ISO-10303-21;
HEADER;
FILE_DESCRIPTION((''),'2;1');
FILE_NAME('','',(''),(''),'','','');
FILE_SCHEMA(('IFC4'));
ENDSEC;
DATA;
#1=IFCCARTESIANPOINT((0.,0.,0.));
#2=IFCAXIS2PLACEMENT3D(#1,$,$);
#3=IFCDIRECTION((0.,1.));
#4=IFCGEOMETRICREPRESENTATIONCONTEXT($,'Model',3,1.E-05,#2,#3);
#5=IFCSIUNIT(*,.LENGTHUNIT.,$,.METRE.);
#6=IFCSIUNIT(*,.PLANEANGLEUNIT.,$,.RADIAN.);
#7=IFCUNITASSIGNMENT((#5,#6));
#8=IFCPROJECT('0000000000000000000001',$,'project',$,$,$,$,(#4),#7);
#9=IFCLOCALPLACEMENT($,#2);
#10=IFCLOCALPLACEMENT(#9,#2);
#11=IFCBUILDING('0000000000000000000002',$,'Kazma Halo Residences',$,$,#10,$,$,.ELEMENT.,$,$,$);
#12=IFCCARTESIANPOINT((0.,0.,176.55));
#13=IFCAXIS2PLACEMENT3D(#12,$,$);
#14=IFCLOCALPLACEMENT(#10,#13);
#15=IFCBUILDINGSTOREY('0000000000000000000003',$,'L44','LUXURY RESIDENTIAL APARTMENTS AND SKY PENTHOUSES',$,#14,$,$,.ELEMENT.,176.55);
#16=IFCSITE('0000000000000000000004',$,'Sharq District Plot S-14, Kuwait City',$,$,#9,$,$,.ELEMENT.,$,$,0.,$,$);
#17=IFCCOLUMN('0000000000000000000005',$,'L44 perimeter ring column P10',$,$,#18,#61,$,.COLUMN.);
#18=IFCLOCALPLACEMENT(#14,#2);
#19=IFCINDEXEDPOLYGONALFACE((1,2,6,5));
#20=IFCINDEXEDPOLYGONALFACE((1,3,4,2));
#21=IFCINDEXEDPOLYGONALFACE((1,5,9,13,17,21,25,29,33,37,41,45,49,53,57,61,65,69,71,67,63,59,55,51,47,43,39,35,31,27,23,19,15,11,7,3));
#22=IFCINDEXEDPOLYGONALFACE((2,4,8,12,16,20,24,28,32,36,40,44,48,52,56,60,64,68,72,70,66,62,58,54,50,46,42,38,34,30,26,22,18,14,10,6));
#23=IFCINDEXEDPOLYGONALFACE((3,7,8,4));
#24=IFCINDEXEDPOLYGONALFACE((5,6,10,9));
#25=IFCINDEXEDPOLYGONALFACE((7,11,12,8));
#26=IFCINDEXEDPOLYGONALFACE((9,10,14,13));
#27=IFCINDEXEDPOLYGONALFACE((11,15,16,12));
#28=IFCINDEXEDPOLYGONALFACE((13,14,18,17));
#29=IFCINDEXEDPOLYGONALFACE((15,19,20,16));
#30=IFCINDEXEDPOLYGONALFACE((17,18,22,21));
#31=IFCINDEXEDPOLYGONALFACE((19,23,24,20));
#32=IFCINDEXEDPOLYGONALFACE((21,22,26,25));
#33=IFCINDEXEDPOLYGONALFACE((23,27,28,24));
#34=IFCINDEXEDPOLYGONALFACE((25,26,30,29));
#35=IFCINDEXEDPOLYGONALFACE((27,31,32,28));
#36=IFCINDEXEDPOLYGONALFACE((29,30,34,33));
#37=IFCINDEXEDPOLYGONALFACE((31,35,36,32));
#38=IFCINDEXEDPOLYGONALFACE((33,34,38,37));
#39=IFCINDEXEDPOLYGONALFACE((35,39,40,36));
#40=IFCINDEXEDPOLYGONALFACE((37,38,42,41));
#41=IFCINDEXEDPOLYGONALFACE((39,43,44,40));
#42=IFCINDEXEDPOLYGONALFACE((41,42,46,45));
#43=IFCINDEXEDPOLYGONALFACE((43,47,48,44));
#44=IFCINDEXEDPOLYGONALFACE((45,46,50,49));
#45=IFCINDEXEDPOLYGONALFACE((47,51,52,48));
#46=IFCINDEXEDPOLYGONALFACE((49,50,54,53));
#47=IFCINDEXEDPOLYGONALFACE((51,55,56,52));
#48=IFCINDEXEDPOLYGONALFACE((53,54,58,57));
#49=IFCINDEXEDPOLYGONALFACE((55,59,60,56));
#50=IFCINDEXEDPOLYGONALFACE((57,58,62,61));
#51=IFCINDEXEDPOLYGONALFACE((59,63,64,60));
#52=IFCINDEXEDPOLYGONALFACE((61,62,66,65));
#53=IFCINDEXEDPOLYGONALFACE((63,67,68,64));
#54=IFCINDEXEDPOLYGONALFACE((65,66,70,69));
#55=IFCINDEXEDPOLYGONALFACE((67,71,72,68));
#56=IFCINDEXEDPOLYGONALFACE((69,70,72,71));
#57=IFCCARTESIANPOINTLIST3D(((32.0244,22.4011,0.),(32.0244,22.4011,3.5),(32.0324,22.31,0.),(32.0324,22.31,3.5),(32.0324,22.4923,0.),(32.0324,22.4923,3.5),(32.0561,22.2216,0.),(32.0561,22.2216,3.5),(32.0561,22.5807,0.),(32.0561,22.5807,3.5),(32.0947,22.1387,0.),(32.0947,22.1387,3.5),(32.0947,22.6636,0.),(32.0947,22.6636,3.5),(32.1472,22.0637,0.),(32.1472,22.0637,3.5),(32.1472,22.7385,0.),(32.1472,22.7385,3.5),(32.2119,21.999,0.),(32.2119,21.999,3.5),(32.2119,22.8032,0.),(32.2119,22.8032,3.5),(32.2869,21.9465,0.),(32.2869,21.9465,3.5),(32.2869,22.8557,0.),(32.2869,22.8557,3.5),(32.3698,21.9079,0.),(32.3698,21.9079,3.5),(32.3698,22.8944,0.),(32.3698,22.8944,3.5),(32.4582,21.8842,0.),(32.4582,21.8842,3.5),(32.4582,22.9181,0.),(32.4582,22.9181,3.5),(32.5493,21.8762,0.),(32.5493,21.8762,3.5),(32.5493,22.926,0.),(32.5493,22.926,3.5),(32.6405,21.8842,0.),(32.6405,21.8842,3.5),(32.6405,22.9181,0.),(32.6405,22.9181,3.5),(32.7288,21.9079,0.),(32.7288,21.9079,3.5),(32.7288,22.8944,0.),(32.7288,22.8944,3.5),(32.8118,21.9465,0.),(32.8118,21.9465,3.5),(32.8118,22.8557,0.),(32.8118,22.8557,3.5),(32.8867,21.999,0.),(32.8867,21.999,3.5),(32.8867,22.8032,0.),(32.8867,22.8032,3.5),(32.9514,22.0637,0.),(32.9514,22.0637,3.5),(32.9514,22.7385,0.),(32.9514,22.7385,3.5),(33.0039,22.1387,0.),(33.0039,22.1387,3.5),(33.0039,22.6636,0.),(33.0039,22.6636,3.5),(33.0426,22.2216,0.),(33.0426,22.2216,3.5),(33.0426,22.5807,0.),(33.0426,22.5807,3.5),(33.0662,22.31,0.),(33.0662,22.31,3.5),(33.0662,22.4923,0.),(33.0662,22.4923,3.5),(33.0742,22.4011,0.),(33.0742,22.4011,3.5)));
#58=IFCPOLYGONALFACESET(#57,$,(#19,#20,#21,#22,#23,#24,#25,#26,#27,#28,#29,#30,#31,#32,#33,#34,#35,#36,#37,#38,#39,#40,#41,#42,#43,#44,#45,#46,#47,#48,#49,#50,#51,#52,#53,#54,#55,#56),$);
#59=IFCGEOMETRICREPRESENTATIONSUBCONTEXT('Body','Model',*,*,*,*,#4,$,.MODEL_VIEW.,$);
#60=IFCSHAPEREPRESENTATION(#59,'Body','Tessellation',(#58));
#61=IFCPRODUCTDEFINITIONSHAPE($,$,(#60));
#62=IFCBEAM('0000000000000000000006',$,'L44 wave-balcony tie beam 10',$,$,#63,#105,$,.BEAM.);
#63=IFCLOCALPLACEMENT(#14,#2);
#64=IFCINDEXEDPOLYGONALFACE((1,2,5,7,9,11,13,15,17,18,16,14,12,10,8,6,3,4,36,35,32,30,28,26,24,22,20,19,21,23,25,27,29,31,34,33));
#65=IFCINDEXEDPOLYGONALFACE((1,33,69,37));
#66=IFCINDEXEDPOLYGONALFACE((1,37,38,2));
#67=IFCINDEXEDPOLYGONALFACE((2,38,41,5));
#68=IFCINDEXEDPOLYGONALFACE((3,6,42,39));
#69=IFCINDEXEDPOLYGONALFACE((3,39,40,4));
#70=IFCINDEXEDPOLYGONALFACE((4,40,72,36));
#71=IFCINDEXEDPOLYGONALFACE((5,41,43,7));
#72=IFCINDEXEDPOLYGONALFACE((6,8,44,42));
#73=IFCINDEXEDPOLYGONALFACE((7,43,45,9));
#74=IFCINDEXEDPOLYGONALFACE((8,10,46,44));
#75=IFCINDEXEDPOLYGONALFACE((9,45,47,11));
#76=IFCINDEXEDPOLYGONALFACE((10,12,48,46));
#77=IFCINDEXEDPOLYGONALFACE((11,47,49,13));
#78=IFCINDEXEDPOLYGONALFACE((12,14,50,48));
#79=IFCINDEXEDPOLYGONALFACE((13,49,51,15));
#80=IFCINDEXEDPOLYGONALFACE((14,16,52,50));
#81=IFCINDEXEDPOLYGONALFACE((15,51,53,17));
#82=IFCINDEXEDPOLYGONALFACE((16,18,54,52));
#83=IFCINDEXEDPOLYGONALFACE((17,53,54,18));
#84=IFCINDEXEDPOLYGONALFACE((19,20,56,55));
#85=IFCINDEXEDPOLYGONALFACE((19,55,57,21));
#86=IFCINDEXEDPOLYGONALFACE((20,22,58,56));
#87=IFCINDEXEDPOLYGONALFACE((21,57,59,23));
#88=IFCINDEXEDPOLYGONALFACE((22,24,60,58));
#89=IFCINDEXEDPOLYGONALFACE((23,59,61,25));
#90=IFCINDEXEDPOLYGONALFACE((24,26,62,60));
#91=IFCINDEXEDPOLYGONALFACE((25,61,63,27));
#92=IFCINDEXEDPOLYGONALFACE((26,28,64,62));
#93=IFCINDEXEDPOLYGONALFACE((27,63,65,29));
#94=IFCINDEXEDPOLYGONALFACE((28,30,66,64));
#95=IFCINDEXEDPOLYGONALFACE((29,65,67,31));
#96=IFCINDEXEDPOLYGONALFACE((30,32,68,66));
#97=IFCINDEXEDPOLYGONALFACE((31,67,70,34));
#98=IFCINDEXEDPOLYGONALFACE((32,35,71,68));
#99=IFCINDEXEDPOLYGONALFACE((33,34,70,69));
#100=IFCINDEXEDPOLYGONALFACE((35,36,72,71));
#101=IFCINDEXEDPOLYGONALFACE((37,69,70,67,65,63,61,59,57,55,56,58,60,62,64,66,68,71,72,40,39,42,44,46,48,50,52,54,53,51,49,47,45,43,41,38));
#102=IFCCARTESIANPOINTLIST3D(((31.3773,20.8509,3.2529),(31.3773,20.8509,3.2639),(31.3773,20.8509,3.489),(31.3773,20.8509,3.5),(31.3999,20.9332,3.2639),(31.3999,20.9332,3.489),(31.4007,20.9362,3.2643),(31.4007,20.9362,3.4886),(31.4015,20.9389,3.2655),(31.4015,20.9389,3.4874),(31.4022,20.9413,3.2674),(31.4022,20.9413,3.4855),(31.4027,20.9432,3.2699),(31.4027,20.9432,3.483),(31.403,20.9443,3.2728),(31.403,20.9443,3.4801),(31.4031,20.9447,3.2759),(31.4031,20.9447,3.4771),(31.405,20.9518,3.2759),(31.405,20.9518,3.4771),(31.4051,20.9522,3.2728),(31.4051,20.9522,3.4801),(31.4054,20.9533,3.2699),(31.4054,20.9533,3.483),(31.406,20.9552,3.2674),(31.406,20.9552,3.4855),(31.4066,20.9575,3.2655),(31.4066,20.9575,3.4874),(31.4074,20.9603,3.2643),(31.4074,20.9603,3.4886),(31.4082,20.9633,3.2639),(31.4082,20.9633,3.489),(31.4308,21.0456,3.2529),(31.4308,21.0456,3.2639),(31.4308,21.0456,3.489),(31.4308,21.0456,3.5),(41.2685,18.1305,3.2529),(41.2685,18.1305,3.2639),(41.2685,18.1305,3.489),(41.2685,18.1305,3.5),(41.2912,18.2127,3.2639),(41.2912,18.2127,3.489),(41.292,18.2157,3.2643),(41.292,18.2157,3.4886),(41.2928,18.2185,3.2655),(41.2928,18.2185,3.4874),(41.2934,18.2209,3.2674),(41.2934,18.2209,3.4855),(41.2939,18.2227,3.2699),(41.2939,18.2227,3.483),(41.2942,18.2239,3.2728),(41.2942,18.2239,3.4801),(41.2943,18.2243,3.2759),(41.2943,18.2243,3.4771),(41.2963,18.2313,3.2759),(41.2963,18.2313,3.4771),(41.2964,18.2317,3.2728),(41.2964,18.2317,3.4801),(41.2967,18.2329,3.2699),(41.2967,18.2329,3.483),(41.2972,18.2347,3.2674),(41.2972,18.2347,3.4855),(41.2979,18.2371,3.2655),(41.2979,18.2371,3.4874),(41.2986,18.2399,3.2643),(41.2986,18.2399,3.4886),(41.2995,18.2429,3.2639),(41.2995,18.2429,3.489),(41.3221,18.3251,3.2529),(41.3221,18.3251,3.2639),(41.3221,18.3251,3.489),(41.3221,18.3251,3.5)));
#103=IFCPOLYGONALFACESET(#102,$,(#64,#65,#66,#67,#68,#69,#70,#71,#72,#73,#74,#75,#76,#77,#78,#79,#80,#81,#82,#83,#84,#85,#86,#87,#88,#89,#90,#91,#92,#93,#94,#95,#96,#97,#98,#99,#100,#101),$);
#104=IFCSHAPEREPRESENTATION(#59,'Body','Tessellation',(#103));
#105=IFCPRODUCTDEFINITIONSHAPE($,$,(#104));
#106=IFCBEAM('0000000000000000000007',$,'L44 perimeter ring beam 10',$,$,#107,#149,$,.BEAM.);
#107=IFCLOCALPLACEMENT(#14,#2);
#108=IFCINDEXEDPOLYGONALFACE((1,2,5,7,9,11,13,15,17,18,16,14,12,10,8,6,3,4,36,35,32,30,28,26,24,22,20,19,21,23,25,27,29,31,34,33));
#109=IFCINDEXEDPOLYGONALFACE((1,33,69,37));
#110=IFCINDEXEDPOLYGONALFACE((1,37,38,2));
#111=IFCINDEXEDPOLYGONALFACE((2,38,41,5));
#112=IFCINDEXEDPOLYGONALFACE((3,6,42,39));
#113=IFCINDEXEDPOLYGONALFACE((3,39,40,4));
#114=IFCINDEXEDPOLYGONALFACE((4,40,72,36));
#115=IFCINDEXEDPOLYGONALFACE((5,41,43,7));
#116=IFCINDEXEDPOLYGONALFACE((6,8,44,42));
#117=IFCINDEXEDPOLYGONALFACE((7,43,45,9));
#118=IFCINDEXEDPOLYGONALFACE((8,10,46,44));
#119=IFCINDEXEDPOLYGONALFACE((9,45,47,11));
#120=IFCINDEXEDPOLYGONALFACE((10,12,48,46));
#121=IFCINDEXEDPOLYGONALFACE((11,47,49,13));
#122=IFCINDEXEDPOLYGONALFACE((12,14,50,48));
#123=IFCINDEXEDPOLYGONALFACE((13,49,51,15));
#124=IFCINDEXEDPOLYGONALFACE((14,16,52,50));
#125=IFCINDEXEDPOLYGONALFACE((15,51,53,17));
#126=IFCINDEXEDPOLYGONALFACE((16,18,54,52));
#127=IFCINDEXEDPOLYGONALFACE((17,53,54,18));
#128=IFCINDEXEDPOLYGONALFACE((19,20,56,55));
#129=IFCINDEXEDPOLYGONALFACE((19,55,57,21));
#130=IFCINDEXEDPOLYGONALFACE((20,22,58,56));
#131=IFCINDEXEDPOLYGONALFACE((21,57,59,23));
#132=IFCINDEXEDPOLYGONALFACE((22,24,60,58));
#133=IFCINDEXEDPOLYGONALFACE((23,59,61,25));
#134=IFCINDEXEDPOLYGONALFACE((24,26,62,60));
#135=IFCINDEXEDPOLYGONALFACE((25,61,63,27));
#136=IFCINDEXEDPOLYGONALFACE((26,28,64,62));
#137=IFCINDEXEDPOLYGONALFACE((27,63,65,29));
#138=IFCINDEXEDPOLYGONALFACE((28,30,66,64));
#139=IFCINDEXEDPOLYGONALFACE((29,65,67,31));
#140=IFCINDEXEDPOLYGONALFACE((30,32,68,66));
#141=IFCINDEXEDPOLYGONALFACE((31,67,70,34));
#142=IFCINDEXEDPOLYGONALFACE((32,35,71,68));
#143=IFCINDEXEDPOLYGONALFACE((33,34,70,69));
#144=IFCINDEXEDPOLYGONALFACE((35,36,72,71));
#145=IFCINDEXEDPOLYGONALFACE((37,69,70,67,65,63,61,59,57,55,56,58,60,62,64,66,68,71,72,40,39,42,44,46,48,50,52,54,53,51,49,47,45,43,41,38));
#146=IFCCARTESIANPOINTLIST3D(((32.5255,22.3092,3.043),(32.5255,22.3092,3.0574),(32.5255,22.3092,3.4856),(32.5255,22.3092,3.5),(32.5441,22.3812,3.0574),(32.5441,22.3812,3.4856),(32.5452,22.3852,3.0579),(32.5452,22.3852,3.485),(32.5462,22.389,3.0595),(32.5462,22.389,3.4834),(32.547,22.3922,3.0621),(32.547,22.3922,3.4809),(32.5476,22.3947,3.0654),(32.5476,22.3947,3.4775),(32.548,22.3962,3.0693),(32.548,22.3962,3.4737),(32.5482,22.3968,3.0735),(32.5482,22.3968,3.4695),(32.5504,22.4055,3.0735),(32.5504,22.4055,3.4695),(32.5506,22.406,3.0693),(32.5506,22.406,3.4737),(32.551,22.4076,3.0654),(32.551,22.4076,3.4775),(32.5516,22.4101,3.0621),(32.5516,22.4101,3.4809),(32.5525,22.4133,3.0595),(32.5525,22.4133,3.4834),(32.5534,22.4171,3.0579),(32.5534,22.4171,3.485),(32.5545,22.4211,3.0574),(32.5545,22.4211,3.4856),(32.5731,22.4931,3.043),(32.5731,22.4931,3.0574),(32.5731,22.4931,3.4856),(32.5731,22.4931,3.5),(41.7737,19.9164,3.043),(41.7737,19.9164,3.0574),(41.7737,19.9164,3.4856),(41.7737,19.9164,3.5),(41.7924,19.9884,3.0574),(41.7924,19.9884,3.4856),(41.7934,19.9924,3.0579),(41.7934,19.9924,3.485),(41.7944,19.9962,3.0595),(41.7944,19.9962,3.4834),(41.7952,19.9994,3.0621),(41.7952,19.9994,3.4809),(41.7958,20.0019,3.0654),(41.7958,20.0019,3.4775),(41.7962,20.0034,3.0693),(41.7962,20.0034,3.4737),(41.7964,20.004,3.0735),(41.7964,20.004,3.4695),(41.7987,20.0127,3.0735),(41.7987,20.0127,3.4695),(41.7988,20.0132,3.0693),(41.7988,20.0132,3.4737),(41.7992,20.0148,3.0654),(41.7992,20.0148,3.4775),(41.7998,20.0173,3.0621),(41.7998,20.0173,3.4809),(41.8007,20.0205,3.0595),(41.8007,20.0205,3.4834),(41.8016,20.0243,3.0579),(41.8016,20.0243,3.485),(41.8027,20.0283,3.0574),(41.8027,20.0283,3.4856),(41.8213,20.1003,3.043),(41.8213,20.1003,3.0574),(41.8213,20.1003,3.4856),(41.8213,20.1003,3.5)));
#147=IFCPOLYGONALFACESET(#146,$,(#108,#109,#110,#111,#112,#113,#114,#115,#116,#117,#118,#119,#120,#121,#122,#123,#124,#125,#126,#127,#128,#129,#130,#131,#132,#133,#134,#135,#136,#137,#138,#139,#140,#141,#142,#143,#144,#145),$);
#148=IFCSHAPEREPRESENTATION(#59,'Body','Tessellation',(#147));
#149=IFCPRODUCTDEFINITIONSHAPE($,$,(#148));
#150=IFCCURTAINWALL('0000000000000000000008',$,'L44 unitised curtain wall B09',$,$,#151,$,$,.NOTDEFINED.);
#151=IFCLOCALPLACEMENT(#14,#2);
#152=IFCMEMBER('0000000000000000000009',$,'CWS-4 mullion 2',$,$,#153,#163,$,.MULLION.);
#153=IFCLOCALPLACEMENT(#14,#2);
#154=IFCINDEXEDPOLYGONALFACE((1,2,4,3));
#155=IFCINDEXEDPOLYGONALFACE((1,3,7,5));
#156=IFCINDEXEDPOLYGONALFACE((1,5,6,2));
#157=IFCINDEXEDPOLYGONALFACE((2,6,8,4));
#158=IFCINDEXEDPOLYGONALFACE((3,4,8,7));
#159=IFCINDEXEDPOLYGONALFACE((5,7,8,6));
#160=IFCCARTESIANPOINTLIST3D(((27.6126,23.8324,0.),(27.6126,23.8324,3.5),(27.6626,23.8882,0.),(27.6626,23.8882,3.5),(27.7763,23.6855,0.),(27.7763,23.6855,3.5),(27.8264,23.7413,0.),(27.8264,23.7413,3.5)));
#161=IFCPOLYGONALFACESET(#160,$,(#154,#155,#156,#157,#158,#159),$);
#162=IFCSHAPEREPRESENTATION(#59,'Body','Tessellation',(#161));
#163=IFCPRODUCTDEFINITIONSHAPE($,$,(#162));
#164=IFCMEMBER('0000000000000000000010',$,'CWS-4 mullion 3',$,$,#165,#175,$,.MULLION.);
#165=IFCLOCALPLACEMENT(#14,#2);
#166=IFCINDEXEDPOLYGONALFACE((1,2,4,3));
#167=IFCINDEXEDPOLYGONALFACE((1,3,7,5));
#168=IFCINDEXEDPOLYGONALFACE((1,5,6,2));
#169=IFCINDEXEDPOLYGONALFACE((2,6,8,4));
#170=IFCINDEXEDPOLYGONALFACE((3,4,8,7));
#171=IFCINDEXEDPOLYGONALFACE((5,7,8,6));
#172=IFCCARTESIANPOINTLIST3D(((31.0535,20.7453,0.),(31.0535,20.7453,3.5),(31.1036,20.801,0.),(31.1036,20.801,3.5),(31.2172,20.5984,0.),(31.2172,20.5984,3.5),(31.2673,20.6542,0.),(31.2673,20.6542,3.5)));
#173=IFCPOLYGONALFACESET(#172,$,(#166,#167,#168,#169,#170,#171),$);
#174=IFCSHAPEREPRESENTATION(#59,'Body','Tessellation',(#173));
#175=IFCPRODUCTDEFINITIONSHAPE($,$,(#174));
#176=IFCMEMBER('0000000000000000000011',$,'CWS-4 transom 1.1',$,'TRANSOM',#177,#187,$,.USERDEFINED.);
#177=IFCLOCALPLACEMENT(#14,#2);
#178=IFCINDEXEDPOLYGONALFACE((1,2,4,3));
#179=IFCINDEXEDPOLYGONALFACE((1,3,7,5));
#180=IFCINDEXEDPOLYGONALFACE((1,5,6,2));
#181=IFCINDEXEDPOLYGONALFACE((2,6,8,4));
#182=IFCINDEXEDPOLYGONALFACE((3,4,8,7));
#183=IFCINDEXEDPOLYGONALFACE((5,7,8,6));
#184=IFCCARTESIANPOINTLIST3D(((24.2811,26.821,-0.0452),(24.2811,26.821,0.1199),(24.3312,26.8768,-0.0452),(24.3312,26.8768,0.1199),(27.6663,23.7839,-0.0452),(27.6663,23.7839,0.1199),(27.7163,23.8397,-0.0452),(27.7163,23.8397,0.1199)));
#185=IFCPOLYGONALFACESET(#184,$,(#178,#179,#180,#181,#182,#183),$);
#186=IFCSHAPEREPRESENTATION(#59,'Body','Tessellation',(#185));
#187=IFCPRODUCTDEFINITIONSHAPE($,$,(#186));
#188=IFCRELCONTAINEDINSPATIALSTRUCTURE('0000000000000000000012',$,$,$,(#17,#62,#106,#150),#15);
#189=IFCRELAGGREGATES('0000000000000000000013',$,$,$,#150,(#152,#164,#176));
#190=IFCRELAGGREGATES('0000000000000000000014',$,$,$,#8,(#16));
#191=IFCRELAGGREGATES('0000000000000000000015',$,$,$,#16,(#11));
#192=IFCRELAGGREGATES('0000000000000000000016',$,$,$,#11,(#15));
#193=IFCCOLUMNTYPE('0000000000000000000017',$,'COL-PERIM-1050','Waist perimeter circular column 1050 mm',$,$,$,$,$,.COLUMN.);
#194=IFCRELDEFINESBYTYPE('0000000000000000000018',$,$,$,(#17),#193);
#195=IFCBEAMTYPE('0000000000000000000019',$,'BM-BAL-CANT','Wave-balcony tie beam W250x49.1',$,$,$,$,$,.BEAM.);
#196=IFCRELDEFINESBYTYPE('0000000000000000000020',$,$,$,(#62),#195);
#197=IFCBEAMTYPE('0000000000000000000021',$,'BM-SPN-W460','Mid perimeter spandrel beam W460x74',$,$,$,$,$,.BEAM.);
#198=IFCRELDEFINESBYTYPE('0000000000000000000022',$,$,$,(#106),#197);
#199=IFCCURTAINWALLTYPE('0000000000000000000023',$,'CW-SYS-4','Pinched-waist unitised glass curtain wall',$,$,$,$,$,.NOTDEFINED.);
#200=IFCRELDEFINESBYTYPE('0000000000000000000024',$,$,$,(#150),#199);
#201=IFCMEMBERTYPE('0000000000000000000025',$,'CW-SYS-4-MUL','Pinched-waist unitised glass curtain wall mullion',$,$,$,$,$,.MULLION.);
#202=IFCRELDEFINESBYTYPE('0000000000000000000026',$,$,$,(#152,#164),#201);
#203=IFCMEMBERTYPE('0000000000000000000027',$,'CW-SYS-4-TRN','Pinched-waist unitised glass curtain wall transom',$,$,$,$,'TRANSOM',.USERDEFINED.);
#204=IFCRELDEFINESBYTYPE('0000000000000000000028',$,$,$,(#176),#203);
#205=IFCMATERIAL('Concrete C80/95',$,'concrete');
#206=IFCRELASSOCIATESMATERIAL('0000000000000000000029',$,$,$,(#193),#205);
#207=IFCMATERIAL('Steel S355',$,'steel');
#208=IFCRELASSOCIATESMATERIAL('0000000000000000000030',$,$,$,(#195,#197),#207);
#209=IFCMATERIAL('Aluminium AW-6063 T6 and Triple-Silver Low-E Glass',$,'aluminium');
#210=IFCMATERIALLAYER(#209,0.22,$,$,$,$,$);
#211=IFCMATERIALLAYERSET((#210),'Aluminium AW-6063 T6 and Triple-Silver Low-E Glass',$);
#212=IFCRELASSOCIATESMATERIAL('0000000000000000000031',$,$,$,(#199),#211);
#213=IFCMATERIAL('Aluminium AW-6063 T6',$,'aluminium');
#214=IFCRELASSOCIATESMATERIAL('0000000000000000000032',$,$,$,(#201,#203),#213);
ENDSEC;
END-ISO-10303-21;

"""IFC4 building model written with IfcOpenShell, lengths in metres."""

from ifc_helpers import new_model, si_unit, direction, frame, origin, origin_2d, place, context, subcontext, project, spatial, rectangle, circle, i_section, extrude, material, layer, layer_set, material_profile, profile_set, type_object, element, aggregate, save


model = new_model("IFC4")

# Units and contexts
model_context = context("Model", 3, precision=1e-05, world=origin(), true_north=direction((0.0, 1.0)))
body_context = subcontext(model_context, "Body", "Model", "MODEL_VIEW")
ifc_project = project(units=[si_unit("LENGTHUNIT", "METRE"), si_unit("PLANEANGLEUNIT", "RADIAN")], contexts=[model_context])

# Site, building, storey
site_placement = place(None, origin())
site = spatial("IfcSite", under=ifc_project, at=site_placement, Name="Sharq District Plot S-14, Kuwait City", CompositionType="ELEMENT", RefElevation=0.0)
building_placement = place(site_placement, origin())
building = spatial("IfcBuilding", under=site, at=building_placement, Name="Kazma Halo Residences", CompositionType="ELEMENT")
storey_placement = place(building_placement, frame((0.0, 0.0, 176.55)))
storey = spatial("IfcBuildingStorey", under=building, at=storey_placement, Name="L44", Description="LUXURY RESIDENTIAL APARTMENTS AND SKY PENTHOUSES", CompositionType="ELEMENT", Elevation=176.55)

# Column
ifc_material_1 = material(Name="Concrete C80/95", Category="concrete")
ifc_material_profile_1 = material_profile(ifc_material_1, circle(Radius=0.5249, at=origin_2d()), Name="CIRC1050")
ifc_profile_set_1 = profile_set([ifc_material_profile_1], Name="Concrete C80/95")
column_type = type_object("IfcColumnType", Name="COL-PERIM-1050", Description="Waist perimeter circular column 1050 mm", PredefinedType="COLUMN", material=ifc_profile_set_1)
column_placement = place(storey_placement, frame((32.5493, 22.4011, 0.0), z_axis=(0.0, 0.0, 1.0), x_axis=(1.0, 0.0, 0.0)))
element("IfcColumn", 1, at=column_placement, inside=storey, type_object=column_type, Name="L44 perimeter ring column P10", PredefinedType="COLUMN", context=body_context, shape_type="SweptSolid", body=[
    extrude(circle(Radius=0.5249, at=origin_2d()), origin(), (0.0, 0.0, 1.0), 3.5),
])

# Beams
ifc_material_2 = material(Name="Steel S355", Category="steel")
ifc_material_profile_2 = material_profile(ifc_material_2, i_section(OverallWidth=0.2019, OverallDepth=0.2471, WebThickness=0.0073, FlangeThickness=0.011, FilletRadius=0.012, at=origin_2d()), Name="W250x49.1")
ifc_profile_set_2 = profile_set([ifc_material_profile_2], Name="Steel S355")
beam_type_1 = type_object("IfcBeamType", Name="BM-BAL-CANT", Description="Wave-balcony tie beam W250x49.1", PredefinedType="BEAM", material=ifc_profile_set_2)
beam_1_placement = place(storey_placement, frame((31.4041, 20.9482, 3.3765), z_axis=(0.964197, -0.265187, 0.0), x_axis=(0.265187, 0.964197, 0.0)))
element("IfcBeam", 2, at=beam_1_placement, inside=storey, type_object=beam_type_1, Name="L44 wave-balcony tie beam 10", PredefinedType="BEAM", context=body_context, shape_type="SweptSolid", body=[
    extrude(i_section(OverallWidth=0.2019, OverallDepth=0.2471, WebThickness=0.0073, FlangeThickness=0.011, FilletRadius=0.012, at=origin_2d()), origin(), (0.0, 0.0, 1.0), 10.2585),
])
ifc_material_profile_3 = material_profile(ifc_material_2, i_section(OverallWidth=0.1899, OverallDepth=0.457, WebThickness=0.009, FlangeThickness=0.0144, FilletRadius=0.0161, at=origin_2d()), Name="W460x74")
ifc_profile_set_3 = profile_set([ifc_material_profile_3], Name="Steel S355")
beam_type_2 = type_object("IfcBeamType", Name="BM-SPN-W460", Description="Mid perimeter spandrel beam W460x74", PredefinedType="BEAM", material=ifc_profile_set_3)
beam_2_placement = place(storey_placement, frame((32.5493, 22.4011, 3.2715), z_axis=(0.968121, -0.250483, 0.0), x_axis=(0.250483, 0.968121, 0.0)))
element("IfcBeam", 3, at=beam_2_placement, inside=storey, type_object=beam_type_2, Name="L44 perimeter ring beam 10", PredefinedType="BEAM", context=body_context, shape_type="SweptSolid", body=[
    extrude(i_section(OverallWidth=0.1899, OverallDepth=0.457, WebThickness=0.009, FlangeThickness=0.0144, FilletRadius=0.0161, at=origin_2d()), origin(), (0.0, 0.0, 1.0), 9.5527),
])

# Curtain wall, members
ifc_material_3 = material(Name="Aluminium AW-6063 T6 and Triple-Silver Low-E Glass", Category="aluminium")
ifc_layer_1 = layer(ifc_material_3, 0.22)
ifc_layer_set_1 = layer_set([ifc_layer_1], Name="Aluminium AW-6063 T6 and Triple-Silver Low-E Glass")
curtain_wall_type = type_object("IfcCurtainWallType", Name="CW-SYS-4", Description="Pinched-waist unitised glass curtain wall", PredefinedType="NOTDEFINED", material=ifc_layer_set_1)
curtain_wall_placement = place(storey_placement, origin())
curtain_wall = element("IfcCurtainWall", 4, at=curtain_wall_placement, inside=storey, type_object=curtain_wall_type, Name="L44 unitised curtain wall B09", PredefinedType="NOTDEFINED")
ifc_material_4 = material(Name="Aluminium AW-6063 T6", Category="aluminium")
ifc_material_profile_4 = material_profile(ifc_material_4, rectangle(XDim=0.075, YDim=0.22, at=origin_2d()), Name="CWM-75x220")
ifc_profile_set_4 = profile_set([ifc_material_profile_4], Name="Aluminium AW-6063 T6")
member_type_1 = type_object("IfcMemberType", Name="CW-SYS-4-MUL", Description="Pinched-waist unitised glass curtain wall mullion", PredefinedType="MULLION", material=ifc_profile_set_4)
member_1_placement = place(storey_placement, frame((27.7195, 23.7869, 0.0), z_axis=(0.0, 0.0, 1.0), x_axis=(0.667784, 0.744355, 0.0)))
member_1 = element("IfcMember", 5, at=member_1_placement, type_object=member_type_1, Name="CWS-4 mullion 2", PredefinedType="MULLION", context=body_context, shape_type="SweptSolid", body=[
    extrude(rectangle(XDim=0.075, YDim=0.22, at=origin_2d()), origin(), (0.0, 0.0, 1.0), 3.5),
])
member_2_placement = place(storey_placement, frame((31.1604, 20.6997, 0.0), z_axis=(0.0, 0.0, 1.0), x_axis=(0.667784, 0.744355, 0.0)))
member_2 = element("IfcMember", 6, at=member_2_placement, type_object=member_type_1, Name="CWS-4 mullion 3", PredefinedType="MULLION", context=body_context, shape_type="SweptSolid", body=[
    extrude(rectangle(XDim=0.075, YDim=0.22, at=origin_2d()), origin(), (0.0, 0.0, 1.0), 3.5),
])
ifc_material_profile_5 = material_profile(ifc_material_4, rectangle(XDim=0.075, YDim=0.165, at=origin_2d()), Name="CWT-75x165")
ifc_profile_set_5 = profile_set([ifc_material_profile_5], Name="Aluminium AW-6063 T6")
member_type_2 = type_object("IfcMemberType", Name="CW-SYS-4-TRN", Description="Pinched-waist unitised glass curtain wall transom", ElementType="TRANSOM", PredefinedType="USERDEFINED", material=ifc_profile_set_5)
member_3_placement = place(storey_placement, frame((24.3062, 26.8489, 0.0374), z_axis=(0.744345, -0.667795, 0.0), x_axis=(0.667795, 0.744345, 0.0)))
member_3 = element("IfcMember", 7, at=member_3_placement, type_object=member_type_2, Name="CWS-4 transom 1.1", ObjectType="TRANSOM", PredefinedType="USERDEFINED", context=body_context, shape_type="SweptSolid", body=[
    extrude(rectangle(XDim=0.075, YDim=0.165, at=origin_2d()), origin(), (0.0, 0.0, 1.0), 4.5479),
])
aggregate(curtain_wall, [member_1, member_2, member_3])

save(model, "model.ifc")
